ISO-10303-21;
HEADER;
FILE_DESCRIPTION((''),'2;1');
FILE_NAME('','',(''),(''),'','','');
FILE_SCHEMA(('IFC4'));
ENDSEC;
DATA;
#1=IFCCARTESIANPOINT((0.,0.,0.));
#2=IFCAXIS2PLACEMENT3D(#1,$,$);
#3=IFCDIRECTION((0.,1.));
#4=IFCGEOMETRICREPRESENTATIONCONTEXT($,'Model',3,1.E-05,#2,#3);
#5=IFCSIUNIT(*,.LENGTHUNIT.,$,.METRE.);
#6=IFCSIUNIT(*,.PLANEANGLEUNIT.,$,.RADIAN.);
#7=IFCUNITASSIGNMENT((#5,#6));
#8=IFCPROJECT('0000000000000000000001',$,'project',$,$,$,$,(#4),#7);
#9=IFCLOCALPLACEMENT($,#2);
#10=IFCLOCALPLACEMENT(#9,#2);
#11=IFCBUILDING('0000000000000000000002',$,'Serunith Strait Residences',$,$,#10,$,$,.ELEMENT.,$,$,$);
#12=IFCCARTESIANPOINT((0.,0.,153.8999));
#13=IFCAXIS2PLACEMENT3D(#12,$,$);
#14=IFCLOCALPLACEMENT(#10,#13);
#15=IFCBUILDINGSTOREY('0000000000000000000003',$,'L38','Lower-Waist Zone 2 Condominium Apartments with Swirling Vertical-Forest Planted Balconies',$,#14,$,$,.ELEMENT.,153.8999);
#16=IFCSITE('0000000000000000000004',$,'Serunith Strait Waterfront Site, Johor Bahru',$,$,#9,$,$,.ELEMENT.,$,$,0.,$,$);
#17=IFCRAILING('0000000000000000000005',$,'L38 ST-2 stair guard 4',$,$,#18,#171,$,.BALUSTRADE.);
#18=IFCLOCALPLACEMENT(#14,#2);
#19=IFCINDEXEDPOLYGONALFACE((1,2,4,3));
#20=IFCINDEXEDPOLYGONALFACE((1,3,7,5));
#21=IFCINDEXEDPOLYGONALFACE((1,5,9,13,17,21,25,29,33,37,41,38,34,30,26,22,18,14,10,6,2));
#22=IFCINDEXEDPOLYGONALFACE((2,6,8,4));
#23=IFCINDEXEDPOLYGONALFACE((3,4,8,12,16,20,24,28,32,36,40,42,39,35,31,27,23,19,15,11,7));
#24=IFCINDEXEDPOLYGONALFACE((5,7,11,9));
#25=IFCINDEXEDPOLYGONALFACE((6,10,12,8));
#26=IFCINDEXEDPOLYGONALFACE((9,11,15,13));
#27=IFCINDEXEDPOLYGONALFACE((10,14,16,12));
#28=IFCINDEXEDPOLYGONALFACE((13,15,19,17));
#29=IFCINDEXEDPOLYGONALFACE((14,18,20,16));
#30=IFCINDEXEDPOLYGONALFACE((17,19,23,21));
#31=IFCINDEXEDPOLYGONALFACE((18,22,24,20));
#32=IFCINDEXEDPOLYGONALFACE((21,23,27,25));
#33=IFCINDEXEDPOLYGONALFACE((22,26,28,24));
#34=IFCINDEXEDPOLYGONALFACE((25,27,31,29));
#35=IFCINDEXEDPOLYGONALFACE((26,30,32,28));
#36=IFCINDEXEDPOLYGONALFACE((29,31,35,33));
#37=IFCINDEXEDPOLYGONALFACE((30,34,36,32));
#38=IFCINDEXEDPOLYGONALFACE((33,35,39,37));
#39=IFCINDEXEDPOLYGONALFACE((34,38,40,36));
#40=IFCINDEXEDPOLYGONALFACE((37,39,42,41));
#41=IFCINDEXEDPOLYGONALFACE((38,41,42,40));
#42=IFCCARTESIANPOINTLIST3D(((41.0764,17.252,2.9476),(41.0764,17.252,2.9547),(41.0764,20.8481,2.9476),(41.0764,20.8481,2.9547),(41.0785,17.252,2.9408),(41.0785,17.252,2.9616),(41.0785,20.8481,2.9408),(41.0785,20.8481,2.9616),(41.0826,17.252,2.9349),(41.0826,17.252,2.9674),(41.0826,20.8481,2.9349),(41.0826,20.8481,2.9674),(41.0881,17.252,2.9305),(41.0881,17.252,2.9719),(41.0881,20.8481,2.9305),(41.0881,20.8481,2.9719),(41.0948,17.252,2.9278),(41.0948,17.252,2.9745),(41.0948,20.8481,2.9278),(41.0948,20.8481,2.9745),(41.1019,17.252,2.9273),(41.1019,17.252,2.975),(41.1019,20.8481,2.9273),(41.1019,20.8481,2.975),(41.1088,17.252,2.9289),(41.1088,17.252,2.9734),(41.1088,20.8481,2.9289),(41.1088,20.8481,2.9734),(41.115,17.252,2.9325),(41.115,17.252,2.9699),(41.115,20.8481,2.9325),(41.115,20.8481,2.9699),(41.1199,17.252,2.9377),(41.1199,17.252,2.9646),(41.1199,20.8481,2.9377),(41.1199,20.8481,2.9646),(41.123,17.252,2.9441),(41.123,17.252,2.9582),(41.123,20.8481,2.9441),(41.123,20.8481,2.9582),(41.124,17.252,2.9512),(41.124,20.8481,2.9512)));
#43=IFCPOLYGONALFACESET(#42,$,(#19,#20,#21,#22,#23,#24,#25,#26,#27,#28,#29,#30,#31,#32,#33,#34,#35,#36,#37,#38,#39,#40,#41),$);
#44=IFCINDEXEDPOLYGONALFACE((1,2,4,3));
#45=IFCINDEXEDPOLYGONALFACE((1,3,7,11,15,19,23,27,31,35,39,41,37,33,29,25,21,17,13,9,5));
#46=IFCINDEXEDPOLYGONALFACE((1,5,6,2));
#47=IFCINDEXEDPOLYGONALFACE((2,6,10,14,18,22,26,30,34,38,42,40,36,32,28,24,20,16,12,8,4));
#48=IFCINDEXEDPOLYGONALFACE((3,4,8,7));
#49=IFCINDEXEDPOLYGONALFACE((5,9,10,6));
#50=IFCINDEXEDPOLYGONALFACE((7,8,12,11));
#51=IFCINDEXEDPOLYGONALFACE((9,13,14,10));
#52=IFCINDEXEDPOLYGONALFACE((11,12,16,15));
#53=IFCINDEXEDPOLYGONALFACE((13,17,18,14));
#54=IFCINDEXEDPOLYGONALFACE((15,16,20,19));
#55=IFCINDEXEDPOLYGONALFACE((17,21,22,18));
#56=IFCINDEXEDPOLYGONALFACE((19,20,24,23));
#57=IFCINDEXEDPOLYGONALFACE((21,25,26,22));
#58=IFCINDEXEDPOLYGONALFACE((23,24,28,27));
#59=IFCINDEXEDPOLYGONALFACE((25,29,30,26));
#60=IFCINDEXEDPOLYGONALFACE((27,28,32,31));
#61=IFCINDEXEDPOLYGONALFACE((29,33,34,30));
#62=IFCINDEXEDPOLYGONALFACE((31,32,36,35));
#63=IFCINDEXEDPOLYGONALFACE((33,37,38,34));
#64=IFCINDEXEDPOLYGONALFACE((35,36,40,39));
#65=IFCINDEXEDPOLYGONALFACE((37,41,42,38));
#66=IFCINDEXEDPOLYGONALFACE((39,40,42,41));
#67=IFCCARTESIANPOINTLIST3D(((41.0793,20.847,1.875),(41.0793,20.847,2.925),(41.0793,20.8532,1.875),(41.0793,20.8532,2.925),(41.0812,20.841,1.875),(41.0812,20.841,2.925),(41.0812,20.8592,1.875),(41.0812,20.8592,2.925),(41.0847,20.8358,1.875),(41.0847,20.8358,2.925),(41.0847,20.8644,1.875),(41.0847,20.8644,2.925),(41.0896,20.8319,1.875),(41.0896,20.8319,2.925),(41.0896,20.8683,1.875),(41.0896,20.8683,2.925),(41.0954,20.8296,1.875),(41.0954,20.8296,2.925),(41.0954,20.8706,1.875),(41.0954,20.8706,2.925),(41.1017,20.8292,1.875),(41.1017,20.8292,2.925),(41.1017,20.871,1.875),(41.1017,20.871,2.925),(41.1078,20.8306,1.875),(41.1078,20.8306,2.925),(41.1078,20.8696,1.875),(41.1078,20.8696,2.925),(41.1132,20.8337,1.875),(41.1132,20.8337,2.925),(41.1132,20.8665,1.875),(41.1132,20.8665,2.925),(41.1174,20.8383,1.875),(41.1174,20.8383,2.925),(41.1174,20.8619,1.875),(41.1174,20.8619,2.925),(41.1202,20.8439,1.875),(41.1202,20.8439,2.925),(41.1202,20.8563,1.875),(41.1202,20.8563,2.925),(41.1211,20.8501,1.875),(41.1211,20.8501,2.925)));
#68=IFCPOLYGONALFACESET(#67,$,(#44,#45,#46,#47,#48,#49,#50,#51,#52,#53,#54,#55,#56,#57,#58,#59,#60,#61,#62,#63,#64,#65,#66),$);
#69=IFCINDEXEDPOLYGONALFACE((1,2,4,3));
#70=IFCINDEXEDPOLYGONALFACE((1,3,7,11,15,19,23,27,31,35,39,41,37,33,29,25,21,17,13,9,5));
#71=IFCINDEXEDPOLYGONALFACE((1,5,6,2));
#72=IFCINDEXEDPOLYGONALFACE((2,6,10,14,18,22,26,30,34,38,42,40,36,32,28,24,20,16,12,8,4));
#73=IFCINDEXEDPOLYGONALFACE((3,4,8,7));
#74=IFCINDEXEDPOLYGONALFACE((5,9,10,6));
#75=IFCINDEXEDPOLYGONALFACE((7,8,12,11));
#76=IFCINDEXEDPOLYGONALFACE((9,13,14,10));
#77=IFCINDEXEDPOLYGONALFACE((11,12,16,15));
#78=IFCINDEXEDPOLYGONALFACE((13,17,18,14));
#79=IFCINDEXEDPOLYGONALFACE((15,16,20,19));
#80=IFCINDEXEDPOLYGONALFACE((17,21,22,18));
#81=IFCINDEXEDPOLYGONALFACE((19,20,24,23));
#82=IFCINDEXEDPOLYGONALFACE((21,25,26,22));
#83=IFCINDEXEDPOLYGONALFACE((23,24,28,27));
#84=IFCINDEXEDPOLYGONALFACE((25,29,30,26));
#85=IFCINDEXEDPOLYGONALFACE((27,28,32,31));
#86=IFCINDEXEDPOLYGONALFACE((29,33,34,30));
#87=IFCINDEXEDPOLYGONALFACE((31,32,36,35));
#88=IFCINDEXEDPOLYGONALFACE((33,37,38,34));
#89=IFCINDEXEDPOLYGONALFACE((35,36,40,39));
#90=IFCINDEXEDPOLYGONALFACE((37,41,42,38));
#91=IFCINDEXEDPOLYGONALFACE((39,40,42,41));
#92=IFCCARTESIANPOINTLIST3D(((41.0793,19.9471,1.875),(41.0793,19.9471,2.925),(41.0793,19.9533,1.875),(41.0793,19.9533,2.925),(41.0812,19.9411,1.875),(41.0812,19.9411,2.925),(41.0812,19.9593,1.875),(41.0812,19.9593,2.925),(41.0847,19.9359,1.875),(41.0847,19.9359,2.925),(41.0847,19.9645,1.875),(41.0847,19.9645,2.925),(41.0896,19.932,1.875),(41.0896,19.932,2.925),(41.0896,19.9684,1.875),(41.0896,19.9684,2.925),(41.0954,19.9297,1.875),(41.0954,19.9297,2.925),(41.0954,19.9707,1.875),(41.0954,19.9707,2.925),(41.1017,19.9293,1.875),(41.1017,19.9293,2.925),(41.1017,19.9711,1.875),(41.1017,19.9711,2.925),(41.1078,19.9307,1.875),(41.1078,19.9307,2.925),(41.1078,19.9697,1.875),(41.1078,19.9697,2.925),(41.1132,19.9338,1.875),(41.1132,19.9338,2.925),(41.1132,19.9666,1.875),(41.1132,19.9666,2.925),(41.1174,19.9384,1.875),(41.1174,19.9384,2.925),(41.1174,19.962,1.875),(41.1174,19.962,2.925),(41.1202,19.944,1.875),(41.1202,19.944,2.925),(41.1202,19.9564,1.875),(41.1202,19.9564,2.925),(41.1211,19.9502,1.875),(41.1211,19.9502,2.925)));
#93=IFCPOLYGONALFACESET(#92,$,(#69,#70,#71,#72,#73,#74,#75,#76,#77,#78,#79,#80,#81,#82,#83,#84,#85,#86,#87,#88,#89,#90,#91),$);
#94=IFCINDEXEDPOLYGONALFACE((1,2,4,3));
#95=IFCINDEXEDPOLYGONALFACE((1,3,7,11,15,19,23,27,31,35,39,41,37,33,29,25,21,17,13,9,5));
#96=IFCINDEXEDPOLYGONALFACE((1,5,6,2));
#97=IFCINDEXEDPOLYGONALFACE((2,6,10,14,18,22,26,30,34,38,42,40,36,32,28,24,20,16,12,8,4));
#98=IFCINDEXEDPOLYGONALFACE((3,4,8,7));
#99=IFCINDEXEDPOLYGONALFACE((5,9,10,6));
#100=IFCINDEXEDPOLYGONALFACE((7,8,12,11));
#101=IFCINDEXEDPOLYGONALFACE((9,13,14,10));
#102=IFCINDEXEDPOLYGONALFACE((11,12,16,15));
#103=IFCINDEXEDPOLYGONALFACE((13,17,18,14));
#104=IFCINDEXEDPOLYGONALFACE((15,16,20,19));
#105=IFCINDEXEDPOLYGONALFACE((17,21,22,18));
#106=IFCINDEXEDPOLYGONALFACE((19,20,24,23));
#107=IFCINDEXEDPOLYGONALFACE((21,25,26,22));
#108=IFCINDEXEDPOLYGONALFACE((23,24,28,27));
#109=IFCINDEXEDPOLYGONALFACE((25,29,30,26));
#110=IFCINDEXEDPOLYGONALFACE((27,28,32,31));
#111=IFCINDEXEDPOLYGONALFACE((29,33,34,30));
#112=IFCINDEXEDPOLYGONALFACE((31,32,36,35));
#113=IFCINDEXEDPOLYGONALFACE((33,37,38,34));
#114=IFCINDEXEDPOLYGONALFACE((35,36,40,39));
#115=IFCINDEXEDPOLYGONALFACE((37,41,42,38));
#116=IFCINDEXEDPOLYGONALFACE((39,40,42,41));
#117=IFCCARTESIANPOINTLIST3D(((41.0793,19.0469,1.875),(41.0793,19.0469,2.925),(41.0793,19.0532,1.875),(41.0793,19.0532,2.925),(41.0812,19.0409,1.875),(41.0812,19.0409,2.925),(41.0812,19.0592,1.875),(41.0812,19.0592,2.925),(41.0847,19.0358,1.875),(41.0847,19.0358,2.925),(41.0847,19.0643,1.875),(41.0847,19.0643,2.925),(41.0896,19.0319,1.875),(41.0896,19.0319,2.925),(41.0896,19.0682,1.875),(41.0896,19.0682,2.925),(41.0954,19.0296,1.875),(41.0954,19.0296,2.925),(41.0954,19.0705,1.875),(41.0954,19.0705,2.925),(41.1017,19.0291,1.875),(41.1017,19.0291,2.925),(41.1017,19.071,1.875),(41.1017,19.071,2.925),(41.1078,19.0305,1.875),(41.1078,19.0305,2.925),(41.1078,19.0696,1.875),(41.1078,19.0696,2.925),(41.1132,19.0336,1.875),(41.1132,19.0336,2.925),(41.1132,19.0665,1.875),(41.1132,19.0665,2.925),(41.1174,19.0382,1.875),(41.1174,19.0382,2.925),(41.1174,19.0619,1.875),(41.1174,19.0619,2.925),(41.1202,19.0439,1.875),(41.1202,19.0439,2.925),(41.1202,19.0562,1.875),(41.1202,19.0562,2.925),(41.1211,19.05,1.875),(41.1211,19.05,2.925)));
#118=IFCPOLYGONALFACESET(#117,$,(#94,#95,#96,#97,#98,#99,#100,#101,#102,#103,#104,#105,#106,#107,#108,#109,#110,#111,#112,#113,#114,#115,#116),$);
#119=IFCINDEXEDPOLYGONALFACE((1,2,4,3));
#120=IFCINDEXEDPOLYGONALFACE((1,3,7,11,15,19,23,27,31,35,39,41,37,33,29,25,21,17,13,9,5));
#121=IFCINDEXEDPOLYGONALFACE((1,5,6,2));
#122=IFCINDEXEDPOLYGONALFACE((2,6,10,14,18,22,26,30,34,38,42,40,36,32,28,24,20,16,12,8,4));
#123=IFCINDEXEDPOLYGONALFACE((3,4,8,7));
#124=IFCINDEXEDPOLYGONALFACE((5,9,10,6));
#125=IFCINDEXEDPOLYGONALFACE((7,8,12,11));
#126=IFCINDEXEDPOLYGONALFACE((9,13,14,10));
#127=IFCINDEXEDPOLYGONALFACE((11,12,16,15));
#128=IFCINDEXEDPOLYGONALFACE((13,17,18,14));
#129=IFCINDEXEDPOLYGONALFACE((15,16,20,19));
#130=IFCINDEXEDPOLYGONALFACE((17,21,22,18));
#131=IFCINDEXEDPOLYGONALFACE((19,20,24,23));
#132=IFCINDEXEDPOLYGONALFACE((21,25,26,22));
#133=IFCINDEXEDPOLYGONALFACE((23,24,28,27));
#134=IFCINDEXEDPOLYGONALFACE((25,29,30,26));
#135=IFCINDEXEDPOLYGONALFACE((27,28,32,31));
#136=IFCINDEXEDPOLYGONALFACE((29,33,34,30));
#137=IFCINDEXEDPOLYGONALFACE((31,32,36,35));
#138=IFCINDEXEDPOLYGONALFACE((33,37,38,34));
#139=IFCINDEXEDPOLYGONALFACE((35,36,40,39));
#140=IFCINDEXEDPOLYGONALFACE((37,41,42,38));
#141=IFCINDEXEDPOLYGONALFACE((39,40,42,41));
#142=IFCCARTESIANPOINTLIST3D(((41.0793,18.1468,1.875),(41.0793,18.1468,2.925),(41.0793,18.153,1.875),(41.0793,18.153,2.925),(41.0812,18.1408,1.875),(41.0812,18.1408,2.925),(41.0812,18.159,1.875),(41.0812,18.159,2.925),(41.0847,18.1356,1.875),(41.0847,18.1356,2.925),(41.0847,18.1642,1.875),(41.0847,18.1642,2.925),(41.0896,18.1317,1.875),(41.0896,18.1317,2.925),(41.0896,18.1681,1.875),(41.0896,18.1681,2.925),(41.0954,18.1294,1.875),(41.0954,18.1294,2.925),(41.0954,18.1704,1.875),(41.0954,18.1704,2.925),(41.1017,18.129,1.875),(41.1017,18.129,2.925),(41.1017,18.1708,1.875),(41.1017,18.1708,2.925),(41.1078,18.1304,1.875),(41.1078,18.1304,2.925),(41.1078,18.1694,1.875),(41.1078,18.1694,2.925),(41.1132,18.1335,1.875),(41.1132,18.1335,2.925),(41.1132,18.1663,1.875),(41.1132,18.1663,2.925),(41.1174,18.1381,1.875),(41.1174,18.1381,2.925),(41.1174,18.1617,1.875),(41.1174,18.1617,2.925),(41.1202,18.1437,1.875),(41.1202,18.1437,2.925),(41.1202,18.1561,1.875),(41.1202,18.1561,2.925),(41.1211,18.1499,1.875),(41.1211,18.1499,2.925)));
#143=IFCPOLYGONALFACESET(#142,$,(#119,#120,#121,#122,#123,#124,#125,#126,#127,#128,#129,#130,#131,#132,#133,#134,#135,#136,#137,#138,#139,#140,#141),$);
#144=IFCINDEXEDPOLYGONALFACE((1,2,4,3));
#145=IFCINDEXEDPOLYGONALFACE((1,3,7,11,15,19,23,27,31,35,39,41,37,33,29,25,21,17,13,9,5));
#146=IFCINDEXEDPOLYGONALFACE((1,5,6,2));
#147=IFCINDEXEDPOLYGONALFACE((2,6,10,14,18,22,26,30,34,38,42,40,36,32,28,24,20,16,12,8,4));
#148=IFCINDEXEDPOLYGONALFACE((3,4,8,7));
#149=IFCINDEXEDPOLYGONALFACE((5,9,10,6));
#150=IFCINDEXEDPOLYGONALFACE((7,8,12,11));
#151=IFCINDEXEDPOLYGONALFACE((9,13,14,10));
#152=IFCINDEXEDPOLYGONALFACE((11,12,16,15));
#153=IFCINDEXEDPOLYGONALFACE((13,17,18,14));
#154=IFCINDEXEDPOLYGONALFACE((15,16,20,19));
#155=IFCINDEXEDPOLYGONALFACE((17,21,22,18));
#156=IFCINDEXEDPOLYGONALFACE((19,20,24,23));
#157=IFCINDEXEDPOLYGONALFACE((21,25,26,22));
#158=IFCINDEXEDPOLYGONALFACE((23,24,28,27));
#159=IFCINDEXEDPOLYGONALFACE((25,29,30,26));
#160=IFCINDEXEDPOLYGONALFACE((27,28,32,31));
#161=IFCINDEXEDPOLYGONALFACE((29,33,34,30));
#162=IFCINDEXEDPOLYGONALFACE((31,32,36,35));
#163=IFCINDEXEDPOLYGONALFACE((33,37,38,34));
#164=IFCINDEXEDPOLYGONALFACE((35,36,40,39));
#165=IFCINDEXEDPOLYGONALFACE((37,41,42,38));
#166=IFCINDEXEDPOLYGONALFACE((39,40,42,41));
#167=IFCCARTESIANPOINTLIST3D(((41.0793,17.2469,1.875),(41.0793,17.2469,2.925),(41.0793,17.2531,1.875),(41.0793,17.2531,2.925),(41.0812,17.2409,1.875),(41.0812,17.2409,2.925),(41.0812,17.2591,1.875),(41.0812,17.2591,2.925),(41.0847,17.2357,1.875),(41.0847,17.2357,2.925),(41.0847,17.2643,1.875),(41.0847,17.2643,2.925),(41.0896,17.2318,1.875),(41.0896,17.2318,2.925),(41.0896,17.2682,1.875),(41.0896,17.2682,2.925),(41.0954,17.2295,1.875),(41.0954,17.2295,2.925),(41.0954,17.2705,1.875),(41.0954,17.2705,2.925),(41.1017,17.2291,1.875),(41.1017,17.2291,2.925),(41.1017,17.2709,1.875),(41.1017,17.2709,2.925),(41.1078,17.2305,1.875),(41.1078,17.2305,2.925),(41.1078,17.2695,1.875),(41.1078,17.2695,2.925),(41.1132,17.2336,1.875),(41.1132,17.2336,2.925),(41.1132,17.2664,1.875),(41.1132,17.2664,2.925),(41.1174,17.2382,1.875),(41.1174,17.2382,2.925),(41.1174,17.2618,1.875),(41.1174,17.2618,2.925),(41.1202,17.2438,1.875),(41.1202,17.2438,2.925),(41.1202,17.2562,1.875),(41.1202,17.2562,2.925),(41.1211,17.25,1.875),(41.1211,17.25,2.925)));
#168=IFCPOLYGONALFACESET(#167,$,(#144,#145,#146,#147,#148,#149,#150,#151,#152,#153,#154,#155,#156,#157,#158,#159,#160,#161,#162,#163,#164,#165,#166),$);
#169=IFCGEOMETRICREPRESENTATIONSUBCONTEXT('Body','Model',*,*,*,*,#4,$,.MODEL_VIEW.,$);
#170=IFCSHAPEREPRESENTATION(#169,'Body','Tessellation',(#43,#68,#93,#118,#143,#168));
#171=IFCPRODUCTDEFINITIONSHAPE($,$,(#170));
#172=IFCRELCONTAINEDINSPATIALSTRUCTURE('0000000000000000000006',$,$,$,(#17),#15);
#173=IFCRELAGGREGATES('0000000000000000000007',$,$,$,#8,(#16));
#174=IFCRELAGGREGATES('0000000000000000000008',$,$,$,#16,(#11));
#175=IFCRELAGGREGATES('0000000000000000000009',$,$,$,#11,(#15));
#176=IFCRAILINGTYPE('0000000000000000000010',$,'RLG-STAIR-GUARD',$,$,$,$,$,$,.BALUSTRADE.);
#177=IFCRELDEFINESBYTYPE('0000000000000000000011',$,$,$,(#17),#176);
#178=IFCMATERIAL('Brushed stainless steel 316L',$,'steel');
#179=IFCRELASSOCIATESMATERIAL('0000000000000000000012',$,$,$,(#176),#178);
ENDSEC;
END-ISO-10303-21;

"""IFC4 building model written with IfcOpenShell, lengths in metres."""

from ifc_helpers import new_model, si_unit, direction, frame, origin, origin_2d, place, context, subcontext, project, spatial, circle, extrude, material, type_object, element, save


model = new_model("IFC4")

# Units and contexts
model_context = context("Model", 3, precision=1e-05, world=origin(), true_north=direction((0.0, 1.0)))
body_context = subcontext(model_context, "Body", "Model", "MODEL_VIEW")
ifc_project = project(units=[si_unit("LENGTHUNIT", "METRE"), si_unit("PLANEANGLEUNIT", "RADIAN")], contexts=[model_context])

# Site, building, storey
site_placement = place(None, origin())
site = spatial("IfcSite", under=ifc_project, at=site_placement, Name="Serunith Strait Waterfront Site, Johor Bahru", CompositionType="ELEMENT", RefElevation=0.0)
building_placement = place(site_placement, origin())
building = spatial("IfcBuilding", under=site, at=building_placement, Name="Serunith Strait Residences", CompositionType="ELEMENT")
storey_placement = place(building_placement, frame((0.0, 0.0, 153.8999)))
storey = spatial("IfcBuildingStorey", under=building, at=storey_placement, Name="L38", Description="Lower-Waist Zone 2 Condominium Apartments with Swirling Vertical-Forest Planted Balconies", CompositionType="ELEMENT", Elevation=153.8999)

# Railing
ifc_material_1 = material(Name="Brushed stainless steel 316L", Category="steel")
railing_type_1 = type_object("IfcRailingType", Name="RLG-STAIR-GUARD", PredefinedType="BALUSTRADE", material=ifc_material_1)
for number, where, name in (
    (1, (41.1001, 20.8501, 1.875), "L38 ST-2 stair guard 4"),
):
    element("IfcRailing", number, at=place(storey_placement, frame(where)), inside=storey, type_object=railing_type_1, Name=name, PredefinedType="BALUSTRADE", context=body_context, shape_type="SweptSolid", body=[
        extrude(circle(Radius=0.0239, at=origin_2d()), frame((0.0, -0.002, 1.0762), z_axis=(0.0, -1.0, 0.0), x_axis=(1.0, 0.0, 0.0)), (0.0, 0.0, 1.0), 3.5962),
        extrude(circle(Radius=0.021, at=origin_2d()), origin(), (0.0, 0.0, 1.0), 1.05),
        extrude(circle(Radius=0.021, at=origin_2d()), frame((0.0, -0.8999, 0.0)), (0.0, 0.0, 1.0), 1.05),
        extrude(circle(Radius=0.021, at=origin_2d()), frame((0.0, -1.8, 0.0)), (0.0, 0.0, 1.0), 1.05),
        extrude(circle(Radius=0.021, at=origin_2d()), frame((0.0, -2.7002, 0.0)), (0.0, 0.0, 1.0), 1.05),
        extrude(circle(Radius=0.021, at=origin_2d()), frame((0.0, -3.6001, 0.0)), (0.0, 0.0, 1.0), 1.05),
    ])

save(model, "model.ifc")
